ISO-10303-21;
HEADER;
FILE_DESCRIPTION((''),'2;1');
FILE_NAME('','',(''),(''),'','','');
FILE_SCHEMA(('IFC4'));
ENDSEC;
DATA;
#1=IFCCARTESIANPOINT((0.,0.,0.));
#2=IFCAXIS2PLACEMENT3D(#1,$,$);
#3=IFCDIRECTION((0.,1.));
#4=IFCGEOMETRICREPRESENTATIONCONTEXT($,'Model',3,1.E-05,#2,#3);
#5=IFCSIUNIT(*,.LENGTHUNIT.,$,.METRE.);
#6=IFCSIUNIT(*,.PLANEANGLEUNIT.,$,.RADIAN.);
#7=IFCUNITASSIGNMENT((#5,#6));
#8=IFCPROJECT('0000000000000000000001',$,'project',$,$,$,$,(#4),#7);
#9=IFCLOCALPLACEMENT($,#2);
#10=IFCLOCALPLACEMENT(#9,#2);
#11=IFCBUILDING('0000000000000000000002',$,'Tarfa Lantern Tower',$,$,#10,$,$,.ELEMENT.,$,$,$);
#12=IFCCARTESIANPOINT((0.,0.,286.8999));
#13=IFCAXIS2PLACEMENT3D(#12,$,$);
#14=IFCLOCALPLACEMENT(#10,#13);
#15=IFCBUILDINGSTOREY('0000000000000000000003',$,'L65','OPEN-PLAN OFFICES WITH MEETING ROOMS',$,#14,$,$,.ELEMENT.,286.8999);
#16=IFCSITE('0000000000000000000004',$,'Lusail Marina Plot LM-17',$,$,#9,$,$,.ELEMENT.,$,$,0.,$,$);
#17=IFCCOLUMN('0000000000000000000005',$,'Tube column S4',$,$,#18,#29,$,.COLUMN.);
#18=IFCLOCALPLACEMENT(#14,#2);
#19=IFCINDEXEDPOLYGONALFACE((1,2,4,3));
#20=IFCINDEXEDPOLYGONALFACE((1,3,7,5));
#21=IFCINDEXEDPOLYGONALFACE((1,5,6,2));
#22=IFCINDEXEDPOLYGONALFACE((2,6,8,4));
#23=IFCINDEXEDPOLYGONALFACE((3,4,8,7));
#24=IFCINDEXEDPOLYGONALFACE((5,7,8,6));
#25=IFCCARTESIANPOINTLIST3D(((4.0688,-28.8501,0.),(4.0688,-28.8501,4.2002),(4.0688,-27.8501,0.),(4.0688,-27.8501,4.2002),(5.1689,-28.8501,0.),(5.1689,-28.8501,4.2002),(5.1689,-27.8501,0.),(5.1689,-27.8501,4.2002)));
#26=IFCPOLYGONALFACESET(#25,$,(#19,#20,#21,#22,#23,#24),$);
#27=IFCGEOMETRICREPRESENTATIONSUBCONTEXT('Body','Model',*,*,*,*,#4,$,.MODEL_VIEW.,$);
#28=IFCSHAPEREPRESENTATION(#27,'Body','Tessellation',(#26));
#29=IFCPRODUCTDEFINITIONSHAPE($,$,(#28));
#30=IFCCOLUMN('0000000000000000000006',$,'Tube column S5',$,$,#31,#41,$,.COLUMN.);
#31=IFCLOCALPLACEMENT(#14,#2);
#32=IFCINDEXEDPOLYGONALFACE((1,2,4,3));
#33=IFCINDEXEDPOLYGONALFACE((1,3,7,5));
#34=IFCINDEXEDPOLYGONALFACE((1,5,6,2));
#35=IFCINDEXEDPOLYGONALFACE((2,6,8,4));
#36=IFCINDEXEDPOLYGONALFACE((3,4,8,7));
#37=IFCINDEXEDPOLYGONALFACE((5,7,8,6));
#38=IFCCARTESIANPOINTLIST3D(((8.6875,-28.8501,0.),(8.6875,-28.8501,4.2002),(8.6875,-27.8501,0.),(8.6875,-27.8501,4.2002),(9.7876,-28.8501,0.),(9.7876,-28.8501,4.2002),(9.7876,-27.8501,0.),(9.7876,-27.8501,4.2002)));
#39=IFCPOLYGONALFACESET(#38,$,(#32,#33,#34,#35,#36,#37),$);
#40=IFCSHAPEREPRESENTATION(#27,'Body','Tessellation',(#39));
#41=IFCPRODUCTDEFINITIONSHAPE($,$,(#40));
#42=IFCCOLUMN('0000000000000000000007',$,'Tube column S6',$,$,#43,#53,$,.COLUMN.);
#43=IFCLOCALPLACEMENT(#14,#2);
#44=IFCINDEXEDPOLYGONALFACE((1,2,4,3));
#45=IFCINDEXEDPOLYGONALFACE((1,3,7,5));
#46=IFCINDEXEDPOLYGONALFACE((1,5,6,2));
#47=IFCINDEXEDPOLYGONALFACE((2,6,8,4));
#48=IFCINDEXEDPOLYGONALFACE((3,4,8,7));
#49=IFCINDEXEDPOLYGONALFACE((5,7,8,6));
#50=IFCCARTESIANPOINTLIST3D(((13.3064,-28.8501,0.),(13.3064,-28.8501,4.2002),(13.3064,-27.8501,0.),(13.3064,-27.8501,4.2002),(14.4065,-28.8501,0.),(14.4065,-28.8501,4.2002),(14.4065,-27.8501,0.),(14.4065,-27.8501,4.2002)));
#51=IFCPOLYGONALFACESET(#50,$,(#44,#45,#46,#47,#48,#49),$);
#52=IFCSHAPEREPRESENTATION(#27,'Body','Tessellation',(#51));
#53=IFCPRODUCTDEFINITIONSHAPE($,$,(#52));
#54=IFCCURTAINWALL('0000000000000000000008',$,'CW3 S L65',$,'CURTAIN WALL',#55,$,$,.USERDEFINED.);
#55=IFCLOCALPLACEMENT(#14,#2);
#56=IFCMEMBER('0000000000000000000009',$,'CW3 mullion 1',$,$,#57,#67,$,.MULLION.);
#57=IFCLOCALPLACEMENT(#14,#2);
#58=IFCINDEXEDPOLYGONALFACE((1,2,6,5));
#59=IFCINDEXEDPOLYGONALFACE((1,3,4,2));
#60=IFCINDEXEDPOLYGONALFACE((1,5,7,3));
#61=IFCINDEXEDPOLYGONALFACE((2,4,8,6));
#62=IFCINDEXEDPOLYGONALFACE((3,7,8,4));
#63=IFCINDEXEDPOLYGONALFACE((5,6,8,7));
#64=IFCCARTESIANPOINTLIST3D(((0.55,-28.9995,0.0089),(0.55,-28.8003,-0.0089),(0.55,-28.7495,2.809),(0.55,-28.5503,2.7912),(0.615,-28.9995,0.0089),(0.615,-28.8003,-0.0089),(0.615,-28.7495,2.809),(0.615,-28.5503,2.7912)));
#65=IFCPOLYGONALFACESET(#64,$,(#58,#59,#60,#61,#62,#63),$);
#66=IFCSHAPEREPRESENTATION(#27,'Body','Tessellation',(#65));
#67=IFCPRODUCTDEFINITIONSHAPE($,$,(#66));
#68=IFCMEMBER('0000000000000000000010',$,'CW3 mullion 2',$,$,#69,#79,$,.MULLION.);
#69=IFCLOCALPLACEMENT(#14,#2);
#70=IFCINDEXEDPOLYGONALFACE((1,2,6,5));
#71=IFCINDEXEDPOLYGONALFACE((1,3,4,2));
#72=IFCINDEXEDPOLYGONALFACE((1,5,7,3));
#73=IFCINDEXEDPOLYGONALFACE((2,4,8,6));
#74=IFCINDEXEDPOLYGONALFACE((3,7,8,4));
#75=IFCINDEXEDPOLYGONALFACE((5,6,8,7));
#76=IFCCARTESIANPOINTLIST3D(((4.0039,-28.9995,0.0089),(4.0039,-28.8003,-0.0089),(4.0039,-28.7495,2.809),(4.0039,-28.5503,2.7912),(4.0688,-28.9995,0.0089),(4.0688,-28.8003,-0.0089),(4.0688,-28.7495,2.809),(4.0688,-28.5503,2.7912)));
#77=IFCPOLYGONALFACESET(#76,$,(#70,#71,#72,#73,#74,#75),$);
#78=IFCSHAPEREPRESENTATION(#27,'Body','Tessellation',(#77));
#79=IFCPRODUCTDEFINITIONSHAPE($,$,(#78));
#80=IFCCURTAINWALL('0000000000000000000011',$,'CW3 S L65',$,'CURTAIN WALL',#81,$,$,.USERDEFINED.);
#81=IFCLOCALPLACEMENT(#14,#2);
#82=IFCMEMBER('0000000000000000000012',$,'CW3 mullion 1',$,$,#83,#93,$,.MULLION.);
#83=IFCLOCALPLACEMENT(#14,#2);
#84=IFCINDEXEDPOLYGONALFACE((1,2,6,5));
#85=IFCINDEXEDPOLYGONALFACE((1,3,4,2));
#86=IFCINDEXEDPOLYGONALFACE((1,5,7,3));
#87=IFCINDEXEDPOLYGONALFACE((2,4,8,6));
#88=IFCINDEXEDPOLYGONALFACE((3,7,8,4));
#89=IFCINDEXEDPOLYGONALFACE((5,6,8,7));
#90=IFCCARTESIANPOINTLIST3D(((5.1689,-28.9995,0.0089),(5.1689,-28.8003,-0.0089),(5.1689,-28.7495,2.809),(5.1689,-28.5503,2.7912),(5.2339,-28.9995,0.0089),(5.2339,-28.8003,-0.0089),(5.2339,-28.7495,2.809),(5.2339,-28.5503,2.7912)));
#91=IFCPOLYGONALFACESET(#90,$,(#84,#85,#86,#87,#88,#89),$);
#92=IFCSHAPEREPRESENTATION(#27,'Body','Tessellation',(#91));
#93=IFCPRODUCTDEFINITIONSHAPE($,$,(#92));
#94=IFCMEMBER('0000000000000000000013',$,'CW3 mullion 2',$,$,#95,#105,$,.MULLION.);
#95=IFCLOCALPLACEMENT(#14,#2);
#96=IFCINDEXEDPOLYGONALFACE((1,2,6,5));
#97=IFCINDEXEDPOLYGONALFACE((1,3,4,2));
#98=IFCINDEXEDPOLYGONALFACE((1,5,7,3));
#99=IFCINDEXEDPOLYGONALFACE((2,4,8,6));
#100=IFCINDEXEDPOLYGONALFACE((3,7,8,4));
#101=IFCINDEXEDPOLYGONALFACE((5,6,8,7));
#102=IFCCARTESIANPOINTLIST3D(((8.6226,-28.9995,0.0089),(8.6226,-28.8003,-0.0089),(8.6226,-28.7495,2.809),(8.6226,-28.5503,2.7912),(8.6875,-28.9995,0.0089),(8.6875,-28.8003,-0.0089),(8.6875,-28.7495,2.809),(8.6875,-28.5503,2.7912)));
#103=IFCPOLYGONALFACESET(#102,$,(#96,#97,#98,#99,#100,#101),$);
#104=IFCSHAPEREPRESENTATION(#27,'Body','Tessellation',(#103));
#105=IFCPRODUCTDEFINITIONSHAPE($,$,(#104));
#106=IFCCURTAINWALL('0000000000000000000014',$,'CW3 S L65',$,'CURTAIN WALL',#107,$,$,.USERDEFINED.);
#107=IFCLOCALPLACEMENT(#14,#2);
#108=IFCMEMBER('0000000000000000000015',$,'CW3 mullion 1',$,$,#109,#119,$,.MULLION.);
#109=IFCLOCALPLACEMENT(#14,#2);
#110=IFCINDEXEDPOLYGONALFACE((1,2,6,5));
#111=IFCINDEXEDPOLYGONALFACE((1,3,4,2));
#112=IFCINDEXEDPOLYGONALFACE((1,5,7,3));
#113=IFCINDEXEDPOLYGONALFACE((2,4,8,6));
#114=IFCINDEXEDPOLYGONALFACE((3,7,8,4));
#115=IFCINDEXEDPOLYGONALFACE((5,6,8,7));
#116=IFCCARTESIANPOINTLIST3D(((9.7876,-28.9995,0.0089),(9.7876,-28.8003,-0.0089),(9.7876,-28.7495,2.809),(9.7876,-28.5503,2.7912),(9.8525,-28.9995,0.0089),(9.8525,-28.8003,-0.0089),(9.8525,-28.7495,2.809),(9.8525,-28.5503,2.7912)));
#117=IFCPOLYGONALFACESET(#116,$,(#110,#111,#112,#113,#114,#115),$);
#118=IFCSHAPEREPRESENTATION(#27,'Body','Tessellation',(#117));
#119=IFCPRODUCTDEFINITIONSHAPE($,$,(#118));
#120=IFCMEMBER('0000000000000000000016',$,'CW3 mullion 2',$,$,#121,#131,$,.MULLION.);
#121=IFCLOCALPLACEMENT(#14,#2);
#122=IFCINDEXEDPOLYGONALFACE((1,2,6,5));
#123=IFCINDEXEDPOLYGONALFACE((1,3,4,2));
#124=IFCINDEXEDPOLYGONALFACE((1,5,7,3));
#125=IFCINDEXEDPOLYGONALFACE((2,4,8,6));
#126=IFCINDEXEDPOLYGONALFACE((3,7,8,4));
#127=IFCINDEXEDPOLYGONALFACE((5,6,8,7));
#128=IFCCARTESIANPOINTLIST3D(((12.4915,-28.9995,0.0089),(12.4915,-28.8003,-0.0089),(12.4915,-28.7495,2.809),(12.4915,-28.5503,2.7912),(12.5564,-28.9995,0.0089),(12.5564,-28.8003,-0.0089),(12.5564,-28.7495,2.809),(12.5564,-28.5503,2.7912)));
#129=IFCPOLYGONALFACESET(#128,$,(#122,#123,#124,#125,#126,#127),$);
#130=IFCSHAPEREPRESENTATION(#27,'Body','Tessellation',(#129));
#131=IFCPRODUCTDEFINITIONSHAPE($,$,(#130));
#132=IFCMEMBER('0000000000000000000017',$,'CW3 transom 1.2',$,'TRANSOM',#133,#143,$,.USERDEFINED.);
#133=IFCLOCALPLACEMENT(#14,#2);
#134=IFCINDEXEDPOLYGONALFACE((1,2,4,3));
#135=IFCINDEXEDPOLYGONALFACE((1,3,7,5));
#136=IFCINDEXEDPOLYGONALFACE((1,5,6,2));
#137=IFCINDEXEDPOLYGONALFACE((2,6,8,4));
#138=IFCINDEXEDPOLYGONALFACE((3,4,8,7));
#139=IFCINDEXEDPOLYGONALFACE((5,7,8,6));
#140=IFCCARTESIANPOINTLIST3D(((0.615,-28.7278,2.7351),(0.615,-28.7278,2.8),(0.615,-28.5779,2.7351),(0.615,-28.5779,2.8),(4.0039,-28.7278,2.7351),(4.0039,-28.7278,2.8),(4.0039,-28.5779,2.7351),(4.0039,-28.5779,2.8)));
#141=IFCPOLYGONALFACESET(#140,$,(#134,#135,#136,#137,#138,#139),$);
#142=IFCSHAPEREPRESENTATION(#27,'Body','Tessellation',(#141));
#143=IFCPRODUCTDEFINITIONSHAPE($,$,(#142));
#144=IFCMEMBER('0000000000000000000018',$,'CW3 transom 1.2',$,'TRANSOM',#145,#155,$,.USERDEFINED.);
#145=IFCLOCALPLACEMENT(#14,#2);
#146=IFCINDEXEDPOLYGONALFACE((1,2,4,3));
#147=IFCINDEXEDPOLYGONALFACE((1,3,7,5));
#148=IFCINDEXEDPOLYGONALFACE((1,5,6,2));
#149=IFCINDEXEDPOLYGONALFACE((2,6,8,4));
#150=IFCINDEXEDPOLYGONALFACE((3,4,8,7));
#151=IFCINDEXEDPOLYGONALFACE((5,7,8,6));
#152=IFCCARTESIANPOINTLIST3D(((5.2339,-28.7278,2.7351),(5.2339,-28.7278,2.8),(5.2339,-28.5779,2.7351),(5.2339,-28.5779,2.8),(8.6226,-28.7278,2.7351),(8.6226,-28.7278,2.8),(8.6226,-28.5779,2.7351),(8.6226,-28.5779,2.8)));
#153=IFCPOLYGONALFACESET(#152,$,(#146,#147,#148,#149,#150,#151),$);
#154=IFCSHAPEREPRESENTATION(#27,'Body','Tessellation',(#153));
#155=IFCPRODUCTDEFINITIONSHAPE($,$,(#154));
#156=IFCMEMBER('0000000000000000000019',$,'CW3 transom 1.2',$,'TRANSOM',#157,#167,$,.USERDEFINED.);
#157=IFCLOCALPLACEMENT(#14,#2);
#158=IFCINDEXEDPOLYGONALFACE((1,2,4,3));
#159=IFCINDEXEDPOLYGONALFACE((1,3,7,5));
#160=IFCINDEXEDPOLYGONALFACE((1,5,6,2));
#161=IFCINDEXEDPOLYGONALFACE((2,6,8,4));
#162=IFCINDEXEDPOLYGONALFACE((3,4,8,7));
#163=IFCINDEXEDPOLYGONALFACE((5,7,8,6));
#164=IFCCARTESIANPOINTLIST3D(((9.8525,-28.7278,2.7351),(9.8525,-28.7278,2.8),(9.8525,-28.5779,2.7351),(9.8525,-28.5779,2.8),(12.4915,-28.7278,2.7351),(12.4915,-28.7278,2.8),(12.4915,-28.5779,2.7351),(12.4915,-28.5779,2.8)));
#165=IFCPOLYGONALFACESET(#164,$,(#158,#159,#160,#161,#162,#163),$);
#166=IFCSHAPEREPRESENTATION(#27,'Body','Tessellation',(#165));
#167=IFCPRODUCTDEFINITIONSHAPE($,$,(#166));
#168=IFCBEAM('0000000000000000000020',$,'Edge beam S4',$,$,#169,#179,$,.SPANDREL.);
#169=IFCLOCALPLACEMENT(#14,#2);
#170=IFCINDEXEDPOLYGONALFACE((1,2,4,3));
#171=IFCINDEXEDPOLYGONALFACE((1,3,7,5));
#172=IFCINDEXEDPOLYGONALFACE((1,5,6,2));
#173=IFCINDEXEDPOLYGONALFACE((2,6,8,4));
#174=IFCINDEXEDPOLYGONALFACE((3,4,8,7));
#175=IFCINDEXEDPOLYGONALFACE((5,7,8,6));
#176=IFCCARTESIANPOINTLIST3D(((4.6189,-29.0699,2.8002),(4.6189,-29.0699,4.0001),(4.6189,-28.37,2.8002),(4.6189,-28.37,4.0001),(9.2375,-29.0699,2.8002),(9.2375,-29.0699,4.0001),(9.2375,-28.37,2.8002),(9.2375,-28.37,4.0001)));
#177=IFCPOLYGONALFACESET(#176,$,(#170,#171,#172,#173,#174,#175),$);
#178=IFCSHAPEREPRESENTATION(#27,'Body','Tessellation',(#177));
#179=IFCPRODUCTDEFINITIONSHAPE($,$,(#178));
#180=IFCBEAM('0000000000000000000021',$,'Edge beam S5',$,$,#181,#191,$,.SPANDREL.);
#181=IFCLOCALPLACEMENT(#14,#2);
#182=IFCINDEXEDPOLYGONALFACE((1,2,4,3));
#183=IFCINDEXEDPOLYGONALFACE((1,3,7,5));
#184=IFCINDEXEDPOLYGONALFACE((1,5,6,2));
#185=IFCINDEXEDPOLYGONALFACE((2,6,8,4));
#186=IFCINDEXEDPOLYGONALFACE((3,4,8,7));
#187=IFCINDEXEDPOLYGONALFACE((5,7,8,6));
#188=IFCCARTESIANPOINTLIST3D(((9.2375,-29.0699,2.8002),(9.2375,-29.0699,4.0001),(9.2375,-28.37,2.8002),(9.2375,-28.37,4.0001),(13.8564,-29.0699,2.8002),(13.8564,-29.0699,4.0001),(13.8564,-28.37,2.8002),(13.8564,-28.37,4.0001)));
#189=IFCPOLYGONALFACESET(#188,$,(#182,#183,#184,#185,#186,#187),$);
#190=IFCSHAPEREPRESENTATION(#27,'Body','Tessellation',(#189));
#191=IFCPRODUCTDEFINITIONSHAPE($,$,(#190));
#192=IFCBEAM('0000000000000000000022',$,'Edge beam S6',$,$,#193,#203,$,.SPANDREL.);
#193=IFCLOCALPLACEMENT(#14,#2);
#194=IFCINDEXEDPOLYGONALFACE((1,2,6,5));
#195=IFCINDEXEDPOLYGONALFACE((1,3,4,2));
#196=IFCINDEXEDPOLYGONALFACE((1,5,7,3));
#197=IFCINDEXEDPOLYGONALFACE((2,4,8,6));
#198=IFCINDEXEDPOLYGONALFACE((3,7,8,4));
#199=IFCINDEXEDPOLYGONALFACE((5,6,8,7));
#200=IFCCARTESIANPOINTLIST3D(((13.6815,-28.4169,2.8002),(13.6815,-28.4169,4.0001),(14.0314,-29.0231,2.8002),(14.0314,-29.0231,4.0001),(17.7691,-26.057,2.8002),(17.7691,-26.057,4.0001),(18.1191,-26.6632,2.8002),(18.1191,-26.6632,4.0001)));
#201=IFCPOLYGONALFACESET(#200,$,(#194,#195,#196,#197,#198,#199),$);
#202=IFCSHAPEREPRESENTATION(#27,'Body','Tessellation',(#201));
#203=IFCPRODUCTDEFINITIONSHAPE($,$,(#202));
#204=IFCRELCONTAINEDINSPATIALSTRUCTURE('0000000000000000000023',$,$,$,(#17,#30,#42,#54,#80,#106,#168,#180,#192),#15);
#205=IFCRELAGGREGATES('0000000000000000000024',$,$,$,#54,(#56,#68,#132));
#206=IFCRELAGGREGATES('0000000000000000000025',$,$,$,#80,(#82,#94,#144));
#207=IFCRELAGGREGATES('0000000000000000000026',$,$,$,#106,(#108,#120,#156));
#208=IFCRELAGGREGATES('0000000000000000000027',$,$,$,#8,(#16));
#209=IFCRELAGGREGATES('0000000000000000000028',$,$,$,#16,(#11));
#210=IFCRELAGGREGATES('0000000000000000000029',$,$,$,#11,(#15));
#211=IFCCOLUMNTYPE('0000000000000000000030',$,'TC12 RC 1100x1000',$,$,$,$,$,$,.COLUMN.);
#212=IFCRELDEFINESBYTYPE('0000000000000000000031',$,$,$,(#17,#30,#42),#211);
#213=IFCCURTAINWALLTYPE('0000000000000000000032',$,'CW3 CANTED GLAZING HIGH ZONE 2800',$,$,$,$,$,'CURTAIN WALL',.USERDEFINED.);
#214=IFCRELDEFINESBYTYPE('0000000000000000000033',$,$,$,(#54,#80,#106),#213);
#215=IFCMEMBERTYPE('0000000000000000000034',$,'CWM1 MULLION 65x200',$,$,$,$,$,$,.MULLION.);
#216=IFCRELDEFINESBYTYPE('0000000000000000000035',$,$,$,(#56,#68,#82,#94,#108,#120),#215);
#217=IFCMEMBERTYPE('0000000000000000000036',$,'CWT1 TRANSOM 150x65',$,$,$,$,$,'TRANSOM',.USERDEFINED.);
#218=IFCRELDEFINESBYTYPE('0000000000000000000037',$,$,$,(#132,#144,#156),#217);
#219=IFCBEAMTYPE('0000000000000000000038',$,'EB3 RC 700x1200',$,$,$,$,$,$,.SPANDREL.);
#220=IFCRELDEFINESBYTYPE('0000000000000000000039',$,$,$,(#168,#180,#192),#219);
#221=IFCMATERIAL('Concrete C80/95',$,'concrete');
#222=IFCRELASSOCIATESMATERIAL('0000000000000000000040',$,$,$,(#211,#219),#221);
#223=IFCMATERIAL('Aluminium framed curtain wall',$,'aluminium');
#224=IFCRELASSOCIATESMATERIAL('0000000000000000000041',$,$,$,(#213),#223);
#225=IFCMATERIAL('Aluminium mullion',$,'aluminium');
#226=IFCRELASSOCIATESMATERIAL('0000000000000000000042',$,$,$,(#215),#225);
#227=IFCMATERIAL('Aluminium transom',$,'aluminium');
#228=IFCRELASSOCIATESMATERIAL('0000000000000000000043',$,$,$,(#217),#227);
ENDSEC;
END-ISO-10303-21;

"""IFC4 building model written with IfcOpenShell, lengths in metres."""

from ifc_helpers import new_model, si_unit, direction, frame, origin, origin_2d, place, context, subcontext, project, spatial, rectangle, extrude, material, material_profile, profile_set, type_object, element, aggregate, save


model = new_model("IFC4")

# Units and contexts
model_context = context("Model", 3, precision=1e-05, world=origin(), true_north=direction((0.0, 1.0)))
body_context = subcontext(model_context, "Body", "Model", "MODEL_VIEW")
ifc_project = project(units=[si_unit("LENGTHUNIT", "METRE"), si_unit("PLANEANGLEUNIT", "RADIAN")], contexts=[model_context])

# Site, building, storey
site_placement = place(None, origin())
site = spatial("IfcSite", under=ifc_project, at=site_placement, Name="Lusail Marina Plot LM-17", CompositionType="ELEMENT", RefElevation=0.0)
building_placement = place(site_placement, origin())
building = spatial("IfcBuilding", under=site, at=building_placement, Name="Tarfa Lantern Tower", CompositionType="ELEMENT")
storey_placement = place(building_placement, frame((0.0, 0.0, 286.8999)))
storey = spatial("IfcBuildingStorey", under=building, at=storey_placement, Name="L65", Description="OPEN-PLAN OFFICES WITH MEETING ROOMS", CompositionType="ELEMENT", Elevation=286.8999)

# Columns
ifc_material_1 = material(Name="Concrete C80/95", Category="concrete")
ifc_material_profile_1 = material_profile(ifc_material_1, rectangle(XDim=1.1001, YDim=1.0, at=origin_2d()), Name="RC 1100x1000")
ifc_profile_set_1 = profile_set([ifc_material_profile_1], Name="Concrete C80/95")
column_type = type_object("IfcColumnType", Name="TC12 RC 1100x1000", PredefinedType="COLUMN", material=ifc_profile_set_1)
for number, where, z_axis, x_axis, name in (
    (1, (4.6189, -28.3501, 0.0), (0.0, 0.0, 1.0), (1.0, 0.0, 0.0), "Tube column S4"),
    (2, (9.2375, -28.3501, 0.0), (0.0, 0.0, 1.0), (1.0, 0.0, 0.0), "Tube column S5"),
    (3, (13.8564, -28.3501, 0.0), (0.0, 0.0, 1.0), (1.0, 0.0, 0.0), "Tube column S6"),
):
    element("IfcColumn", number, at=place(storey_placement, frame(where, z_axis=z_axis, x_axis=x_axis)), inside=storey, type_object=column_type, Name=name, PredefinedType="COLUMN", context=body_context, shape_type="SweptSolid", body=[
        extrude(rectangle(XDim=1.1001, YDim=1.0, at=origin_2d()), origin(), (0.0, 0.0, 1.0), 4.2002),
    ])

# Curtain walls, members
ifc_material_2 = material(Name="Aluminium framed curtain wall", Category="aluminium")
curtain_wall_type = type_object("IfcCurtainWallType", Name="CW3 CANTED GLAZING HIGH ZONE 2800", ElementType="CURTAIN WALL", PredefinedType="USERDEFINED", material=ifc_material_2)
curtain_wall_1_placement = place(storey_placement, origin())
curtain_wall_1 = element("IfcCurtainWall", 4, at=curtain_wall_1_placement, inside=storey, type_object=curtain_wall_type, Name="CW3 S L65", ObjectType="CURTAIN WALL", PredefinedType="USERDEFINED")
ifc_material_3 = material(Name="Aluminium mullion", Category="aluminium")
ifc_material_profile_2 = material_profile(ifc_material_3, rectangle(XDim=0.0649, YDim=0.2, at=origin_2d()), Name="AL MULLION 65x200")
ifc_profile_set_2 = profile_set([ifc_material_profile_2], Name="Aluminium mullion")
member_type_1 = type_object("IfcMemberType", Name="CWM1 MULLION 65x200", PredefinedType="MULLION", material=ifc_profile_set_2)
member_1_placement = place(storey_placement, frame((0.5825, -28.8999, 0.0), z_axis=(0.0, 0.08893, 0.996038), x_axis=(-1.0, 0.0, 0.0)))
member_1 = element("IfcMember", 5, at=member_1_placement, type_object=member_type_1, Name="CW3 mullion 1", PredefinedType="MULLION", context=body_context, shape_type="SweptSolid", body=[
    extrude(rectangle(XDim=0.0649, YDim=0.2, at=origin_2d()), origin(), (0.0, 0.0, 1.0), 2.8113),
])
member_2_placement = place(storey_placement, frame((4.0364, -28.8999, 0.0), z_axis=(0.0, 0.08893, 0.996038), x_axis=(-1.0, 0.0, 0.0)))
member_2 = element("IfcMember", 6, at=member_2_placement, type_object=member_type_1, Name="CW3 mullion 2", PredefinedType="MULLION", context=body_context, shape_type="SweptSolid", body=[
    extrude(rectangle(XDim=0.0649, YDim=0.2, at=origin_2d()), origin(), (0.0, 0.0, 1.0), 2.8113),
])
curtain_wall_2_placement = place(storey_placement, origin())
curtain_wall_2 = element("IfcCurtainWall", 7, at=curtain_wall_2_placement, inside=storey, type_object=curtain_wall_type, Name="CW3 S L65", ObjectType="CURTAIN WALL", PredefinedType="USERDEFINED")
member_3_placement = place(storey_placement, frame((5.2014, -28.8999, 0.0), z_axis=(0.0, 0.08893, 0.996038), x_axis=(-1.0, 0.0, 0.0)))
member_3 = element("IfcMember", 8, at=member_3_placement, type_object=member_type_1, Name="CW3 mullion 1", PredefinedType="MULLION", context=body_context, shape_type="SweptSolid", body=[
    extrude(rectangle(XDim=0.0649, YDim=0.2, at=origin_2d()), origin(), (0.0, 0.0, 1.0), 2.8113),
])
member_4_placement = place(storey_placement, frame((8.655, -28.8999, 0.0), z_axis=(0.0, 0.08893, 0.996038), x_axis=(-1.0, 0.0, 0.0)))
member_4 = element("IfcMember", 9, at=member_4_placement, type_object=member_type_1, Name="CW3 mullion 2", PredefinedType="MULLION", context=body_context, shape_type="SweptSolid", body=[
    extrude(rectangle(XDim=0.0649, YDim=0.2, at=origin_2d()), origin(), (0.0, 0.0, 1.0), 2.8113),
])
curtain_wall_3_placement = place(storey_placement, origin())
curtain_wall_3 = element("IfcCurtainWall", 10, at=curtain_wall_3_placement, inside=storey, type_object=curtain_wall_type, Name="CW3 S L65", ObjectType="CURTAIN WALL", PredefinedType="USERDEFINED")
member_5_placement = place(storey_placement, frame((9.8201, -28.8999, 0.0), z_axis=(0.0, 0.08893, 0.996038), x_axis=(-1.0, 0.0, 0.0)))
member_5 = element("IfcMember", 11, at=member_5_placement, type_object=member_type_1, Name="CW3 mullion 1", PredefinedType="MULLION", context=body_context, shape_type="SweptSolid", body=[
    extrude(rectangle(XDim=0.0649, YDim=0.2, at=origin_2d()), origin(), (0.0, 0.0, 1.0), 2.8113),
])
member_6_placement = place(storey_placement, frame((12.5239, -28.8999, 0.0), z_axis=(0.0, 0.08893, 0.996038), x_axis=(-1.0, 0.0, 0.0)))
member_6 = element("IfcMember", 12, at=member_6_placement, type_object=member_type_1, Name="CW3 mullion 2", PredefinedType="MULLION", context=body_context, shape_type="SweptSolid", body=[
    extrude(rectangle(XDim=0.0649, YDim=0.2, at=origin_2d()), origin(), (0.0, 0.0, 1.0), 2.8113),
])

# Members
ifc_material_4 = material(Name="Aluminium transom", Category="aluminium")
ifc_material_profile_3 = material_profile(ifc_material_4, rectangle(XDim=0.1499, YDim=0.0649, at=origin_2d()), Name="AL TRANSOM 150x65")
ifc_profile_set_3 = profile_set([ifc_material_profile_3], Name="Aluminium transom")
member_type_2 = type_object("IfcMemberType", Name="CWT1 TRANSOM 150x65", ElementType="TRANSOM", PredefinedType="USERDEFINED", material=ifc_profile_set_3)
member_7_placement = place(storey_placement, frame((0.615, -28.6528, 2.7676), z_axis=(1.0, 0.0, 0.0), x_axis=(0.0, 1.0, 0.0)))
member_7 = element("IfcMember", 13, at=member_7_placement, type_object=member_type_2, Name="CW3 transom 1.2", ObjectType="TRANSOM", PredefinedType="USERDEFINED", context=body_context, shape_type="SweptSolid", body=[
    extrude(rectangle(XDim=0.1499, YDim=0.0649, at=origin_2d()), origin(), (0.0, 0.0, 1.0), 3.3889),
])
member_8_placement = place(storey_placement, frame((5.2339, -28.6528, 2.7676), z_axis=(1.0, 0.0, 0.0), x_axis=(0.0, 1.0, 0.0)))
member_8 = element("IfcMember", 14, at=member_8_placement, type_object=member_type_2, Name="CW3 transom 1.2", ObjectType="TRANSOM", PredefinedType="USERDEFINED", context=body_context, shape_type="SweptSolid", body=[
    extrude(rectangle(XDim=0.1499, YDim=0.0649, at=origin_2d()), origin(), (0.0, 0.0, 1.0), 3.3887),
])
member_9_placement = place(storey_placement, frame((9.8525, -28.6528, 2.7676), z_axis=(1.0, 0.0, 0.0), x_axis=(0.0, 1.0, 0.0)))
member_9 = element("IfcMember", 15, at=member_9_placement, type_object=member_type_2, Name="CW3 transom 1.2", ObjectType="TRANSOM", PredefinedType="USERDEFINED", context=body_context, shape_type="SweptSolid", body=[
    extrude(rectangle(XDim=0.1499, YDim=0.0649, at=origin_2d()), origin(), (0.0, 0.0, 1.0), 2.6389),
])

# Beams
ifc_material_profile_4 = material_profile(ifc_material_1, rectangle(XDim=0.7, YDim=1.2, at=origin_2d()), Name="RC 700x1200")
ifc_profile_set_4 = profile_set([ifc_material_profile_4], Name="Concrete C80/95")
beam_type_1 = type_object("IfcBeamType", Name="EB3 RC 700x1200", PredefinedType="SPANDREL", material=ifc_profile_set_4)
beam_1_placement = place(storey_placement, frame((4.6189, -28.72, 3.4001), z_axis=(1.0, 0.0, 0.0), x_axis=(0.0, 1.0, 0.0)))
element("IfcBeam", 16, at=beam_1_placement, inside=storey, type_object=beam_type_1, Name="Edge beam S4", PredefinedType="SPANDREL", context=body_context, shape_type="SweptSolid", body=[
    extrude(rectangle(XDim=0.7, YDim=1.2, at=origin_2d()), origin(), (0.0, 0.0, 1.0), 4.6187),
])
beam_2_placement = place(storey_placement, frame((9.2375, -28.72, 3.4001), z_axis=(1.0, 0.0, 0.0), x_axis=(0.0, 1.0, 0.0)))
element("IfcBeam", 17, at=beam_2_placement, inside=storey, type_object=beam_type_1, Name="Edge beam S5", PredefinedType="SPANDREL", context=body_context, shape_type="SweptSolid", body=[
    extrude(rectangle(XDim=0.7, YDim=1.2, at=origin_2d()), origin(), (0.0, 0.0, 1.0), 4.6189),
])
beam_3_placement = place(storey_placement, frame((13.8564, -28.72, 3.4001), z_axis=(0.866038, 0.499978, 0.0), x_axis=(-0.499978, 0.866038, 0.0)))
element("IfcBeam", 18, at=beam_3_placement, inside=storey, type_object=beam_type_1, Name="Edge beam S6", PredefinedType="SPANDREL", context=body_context, shape_type="SweptSolid", body=[
    extrude(rectangle(XDim=0.7, YDim=1.2, at=origin_2d()), origin(), (0.0, 0.0, 1.0), 4.72),
])

aggregate(curtain_wall_1, [member_1, member_2, member_7])
aggregate(curtain_wall_2, [member_3, member_4, member_8])
aggregate(curtain_wall_3, [member_5, member_6, member_9])

save(model, "model.ifc")
